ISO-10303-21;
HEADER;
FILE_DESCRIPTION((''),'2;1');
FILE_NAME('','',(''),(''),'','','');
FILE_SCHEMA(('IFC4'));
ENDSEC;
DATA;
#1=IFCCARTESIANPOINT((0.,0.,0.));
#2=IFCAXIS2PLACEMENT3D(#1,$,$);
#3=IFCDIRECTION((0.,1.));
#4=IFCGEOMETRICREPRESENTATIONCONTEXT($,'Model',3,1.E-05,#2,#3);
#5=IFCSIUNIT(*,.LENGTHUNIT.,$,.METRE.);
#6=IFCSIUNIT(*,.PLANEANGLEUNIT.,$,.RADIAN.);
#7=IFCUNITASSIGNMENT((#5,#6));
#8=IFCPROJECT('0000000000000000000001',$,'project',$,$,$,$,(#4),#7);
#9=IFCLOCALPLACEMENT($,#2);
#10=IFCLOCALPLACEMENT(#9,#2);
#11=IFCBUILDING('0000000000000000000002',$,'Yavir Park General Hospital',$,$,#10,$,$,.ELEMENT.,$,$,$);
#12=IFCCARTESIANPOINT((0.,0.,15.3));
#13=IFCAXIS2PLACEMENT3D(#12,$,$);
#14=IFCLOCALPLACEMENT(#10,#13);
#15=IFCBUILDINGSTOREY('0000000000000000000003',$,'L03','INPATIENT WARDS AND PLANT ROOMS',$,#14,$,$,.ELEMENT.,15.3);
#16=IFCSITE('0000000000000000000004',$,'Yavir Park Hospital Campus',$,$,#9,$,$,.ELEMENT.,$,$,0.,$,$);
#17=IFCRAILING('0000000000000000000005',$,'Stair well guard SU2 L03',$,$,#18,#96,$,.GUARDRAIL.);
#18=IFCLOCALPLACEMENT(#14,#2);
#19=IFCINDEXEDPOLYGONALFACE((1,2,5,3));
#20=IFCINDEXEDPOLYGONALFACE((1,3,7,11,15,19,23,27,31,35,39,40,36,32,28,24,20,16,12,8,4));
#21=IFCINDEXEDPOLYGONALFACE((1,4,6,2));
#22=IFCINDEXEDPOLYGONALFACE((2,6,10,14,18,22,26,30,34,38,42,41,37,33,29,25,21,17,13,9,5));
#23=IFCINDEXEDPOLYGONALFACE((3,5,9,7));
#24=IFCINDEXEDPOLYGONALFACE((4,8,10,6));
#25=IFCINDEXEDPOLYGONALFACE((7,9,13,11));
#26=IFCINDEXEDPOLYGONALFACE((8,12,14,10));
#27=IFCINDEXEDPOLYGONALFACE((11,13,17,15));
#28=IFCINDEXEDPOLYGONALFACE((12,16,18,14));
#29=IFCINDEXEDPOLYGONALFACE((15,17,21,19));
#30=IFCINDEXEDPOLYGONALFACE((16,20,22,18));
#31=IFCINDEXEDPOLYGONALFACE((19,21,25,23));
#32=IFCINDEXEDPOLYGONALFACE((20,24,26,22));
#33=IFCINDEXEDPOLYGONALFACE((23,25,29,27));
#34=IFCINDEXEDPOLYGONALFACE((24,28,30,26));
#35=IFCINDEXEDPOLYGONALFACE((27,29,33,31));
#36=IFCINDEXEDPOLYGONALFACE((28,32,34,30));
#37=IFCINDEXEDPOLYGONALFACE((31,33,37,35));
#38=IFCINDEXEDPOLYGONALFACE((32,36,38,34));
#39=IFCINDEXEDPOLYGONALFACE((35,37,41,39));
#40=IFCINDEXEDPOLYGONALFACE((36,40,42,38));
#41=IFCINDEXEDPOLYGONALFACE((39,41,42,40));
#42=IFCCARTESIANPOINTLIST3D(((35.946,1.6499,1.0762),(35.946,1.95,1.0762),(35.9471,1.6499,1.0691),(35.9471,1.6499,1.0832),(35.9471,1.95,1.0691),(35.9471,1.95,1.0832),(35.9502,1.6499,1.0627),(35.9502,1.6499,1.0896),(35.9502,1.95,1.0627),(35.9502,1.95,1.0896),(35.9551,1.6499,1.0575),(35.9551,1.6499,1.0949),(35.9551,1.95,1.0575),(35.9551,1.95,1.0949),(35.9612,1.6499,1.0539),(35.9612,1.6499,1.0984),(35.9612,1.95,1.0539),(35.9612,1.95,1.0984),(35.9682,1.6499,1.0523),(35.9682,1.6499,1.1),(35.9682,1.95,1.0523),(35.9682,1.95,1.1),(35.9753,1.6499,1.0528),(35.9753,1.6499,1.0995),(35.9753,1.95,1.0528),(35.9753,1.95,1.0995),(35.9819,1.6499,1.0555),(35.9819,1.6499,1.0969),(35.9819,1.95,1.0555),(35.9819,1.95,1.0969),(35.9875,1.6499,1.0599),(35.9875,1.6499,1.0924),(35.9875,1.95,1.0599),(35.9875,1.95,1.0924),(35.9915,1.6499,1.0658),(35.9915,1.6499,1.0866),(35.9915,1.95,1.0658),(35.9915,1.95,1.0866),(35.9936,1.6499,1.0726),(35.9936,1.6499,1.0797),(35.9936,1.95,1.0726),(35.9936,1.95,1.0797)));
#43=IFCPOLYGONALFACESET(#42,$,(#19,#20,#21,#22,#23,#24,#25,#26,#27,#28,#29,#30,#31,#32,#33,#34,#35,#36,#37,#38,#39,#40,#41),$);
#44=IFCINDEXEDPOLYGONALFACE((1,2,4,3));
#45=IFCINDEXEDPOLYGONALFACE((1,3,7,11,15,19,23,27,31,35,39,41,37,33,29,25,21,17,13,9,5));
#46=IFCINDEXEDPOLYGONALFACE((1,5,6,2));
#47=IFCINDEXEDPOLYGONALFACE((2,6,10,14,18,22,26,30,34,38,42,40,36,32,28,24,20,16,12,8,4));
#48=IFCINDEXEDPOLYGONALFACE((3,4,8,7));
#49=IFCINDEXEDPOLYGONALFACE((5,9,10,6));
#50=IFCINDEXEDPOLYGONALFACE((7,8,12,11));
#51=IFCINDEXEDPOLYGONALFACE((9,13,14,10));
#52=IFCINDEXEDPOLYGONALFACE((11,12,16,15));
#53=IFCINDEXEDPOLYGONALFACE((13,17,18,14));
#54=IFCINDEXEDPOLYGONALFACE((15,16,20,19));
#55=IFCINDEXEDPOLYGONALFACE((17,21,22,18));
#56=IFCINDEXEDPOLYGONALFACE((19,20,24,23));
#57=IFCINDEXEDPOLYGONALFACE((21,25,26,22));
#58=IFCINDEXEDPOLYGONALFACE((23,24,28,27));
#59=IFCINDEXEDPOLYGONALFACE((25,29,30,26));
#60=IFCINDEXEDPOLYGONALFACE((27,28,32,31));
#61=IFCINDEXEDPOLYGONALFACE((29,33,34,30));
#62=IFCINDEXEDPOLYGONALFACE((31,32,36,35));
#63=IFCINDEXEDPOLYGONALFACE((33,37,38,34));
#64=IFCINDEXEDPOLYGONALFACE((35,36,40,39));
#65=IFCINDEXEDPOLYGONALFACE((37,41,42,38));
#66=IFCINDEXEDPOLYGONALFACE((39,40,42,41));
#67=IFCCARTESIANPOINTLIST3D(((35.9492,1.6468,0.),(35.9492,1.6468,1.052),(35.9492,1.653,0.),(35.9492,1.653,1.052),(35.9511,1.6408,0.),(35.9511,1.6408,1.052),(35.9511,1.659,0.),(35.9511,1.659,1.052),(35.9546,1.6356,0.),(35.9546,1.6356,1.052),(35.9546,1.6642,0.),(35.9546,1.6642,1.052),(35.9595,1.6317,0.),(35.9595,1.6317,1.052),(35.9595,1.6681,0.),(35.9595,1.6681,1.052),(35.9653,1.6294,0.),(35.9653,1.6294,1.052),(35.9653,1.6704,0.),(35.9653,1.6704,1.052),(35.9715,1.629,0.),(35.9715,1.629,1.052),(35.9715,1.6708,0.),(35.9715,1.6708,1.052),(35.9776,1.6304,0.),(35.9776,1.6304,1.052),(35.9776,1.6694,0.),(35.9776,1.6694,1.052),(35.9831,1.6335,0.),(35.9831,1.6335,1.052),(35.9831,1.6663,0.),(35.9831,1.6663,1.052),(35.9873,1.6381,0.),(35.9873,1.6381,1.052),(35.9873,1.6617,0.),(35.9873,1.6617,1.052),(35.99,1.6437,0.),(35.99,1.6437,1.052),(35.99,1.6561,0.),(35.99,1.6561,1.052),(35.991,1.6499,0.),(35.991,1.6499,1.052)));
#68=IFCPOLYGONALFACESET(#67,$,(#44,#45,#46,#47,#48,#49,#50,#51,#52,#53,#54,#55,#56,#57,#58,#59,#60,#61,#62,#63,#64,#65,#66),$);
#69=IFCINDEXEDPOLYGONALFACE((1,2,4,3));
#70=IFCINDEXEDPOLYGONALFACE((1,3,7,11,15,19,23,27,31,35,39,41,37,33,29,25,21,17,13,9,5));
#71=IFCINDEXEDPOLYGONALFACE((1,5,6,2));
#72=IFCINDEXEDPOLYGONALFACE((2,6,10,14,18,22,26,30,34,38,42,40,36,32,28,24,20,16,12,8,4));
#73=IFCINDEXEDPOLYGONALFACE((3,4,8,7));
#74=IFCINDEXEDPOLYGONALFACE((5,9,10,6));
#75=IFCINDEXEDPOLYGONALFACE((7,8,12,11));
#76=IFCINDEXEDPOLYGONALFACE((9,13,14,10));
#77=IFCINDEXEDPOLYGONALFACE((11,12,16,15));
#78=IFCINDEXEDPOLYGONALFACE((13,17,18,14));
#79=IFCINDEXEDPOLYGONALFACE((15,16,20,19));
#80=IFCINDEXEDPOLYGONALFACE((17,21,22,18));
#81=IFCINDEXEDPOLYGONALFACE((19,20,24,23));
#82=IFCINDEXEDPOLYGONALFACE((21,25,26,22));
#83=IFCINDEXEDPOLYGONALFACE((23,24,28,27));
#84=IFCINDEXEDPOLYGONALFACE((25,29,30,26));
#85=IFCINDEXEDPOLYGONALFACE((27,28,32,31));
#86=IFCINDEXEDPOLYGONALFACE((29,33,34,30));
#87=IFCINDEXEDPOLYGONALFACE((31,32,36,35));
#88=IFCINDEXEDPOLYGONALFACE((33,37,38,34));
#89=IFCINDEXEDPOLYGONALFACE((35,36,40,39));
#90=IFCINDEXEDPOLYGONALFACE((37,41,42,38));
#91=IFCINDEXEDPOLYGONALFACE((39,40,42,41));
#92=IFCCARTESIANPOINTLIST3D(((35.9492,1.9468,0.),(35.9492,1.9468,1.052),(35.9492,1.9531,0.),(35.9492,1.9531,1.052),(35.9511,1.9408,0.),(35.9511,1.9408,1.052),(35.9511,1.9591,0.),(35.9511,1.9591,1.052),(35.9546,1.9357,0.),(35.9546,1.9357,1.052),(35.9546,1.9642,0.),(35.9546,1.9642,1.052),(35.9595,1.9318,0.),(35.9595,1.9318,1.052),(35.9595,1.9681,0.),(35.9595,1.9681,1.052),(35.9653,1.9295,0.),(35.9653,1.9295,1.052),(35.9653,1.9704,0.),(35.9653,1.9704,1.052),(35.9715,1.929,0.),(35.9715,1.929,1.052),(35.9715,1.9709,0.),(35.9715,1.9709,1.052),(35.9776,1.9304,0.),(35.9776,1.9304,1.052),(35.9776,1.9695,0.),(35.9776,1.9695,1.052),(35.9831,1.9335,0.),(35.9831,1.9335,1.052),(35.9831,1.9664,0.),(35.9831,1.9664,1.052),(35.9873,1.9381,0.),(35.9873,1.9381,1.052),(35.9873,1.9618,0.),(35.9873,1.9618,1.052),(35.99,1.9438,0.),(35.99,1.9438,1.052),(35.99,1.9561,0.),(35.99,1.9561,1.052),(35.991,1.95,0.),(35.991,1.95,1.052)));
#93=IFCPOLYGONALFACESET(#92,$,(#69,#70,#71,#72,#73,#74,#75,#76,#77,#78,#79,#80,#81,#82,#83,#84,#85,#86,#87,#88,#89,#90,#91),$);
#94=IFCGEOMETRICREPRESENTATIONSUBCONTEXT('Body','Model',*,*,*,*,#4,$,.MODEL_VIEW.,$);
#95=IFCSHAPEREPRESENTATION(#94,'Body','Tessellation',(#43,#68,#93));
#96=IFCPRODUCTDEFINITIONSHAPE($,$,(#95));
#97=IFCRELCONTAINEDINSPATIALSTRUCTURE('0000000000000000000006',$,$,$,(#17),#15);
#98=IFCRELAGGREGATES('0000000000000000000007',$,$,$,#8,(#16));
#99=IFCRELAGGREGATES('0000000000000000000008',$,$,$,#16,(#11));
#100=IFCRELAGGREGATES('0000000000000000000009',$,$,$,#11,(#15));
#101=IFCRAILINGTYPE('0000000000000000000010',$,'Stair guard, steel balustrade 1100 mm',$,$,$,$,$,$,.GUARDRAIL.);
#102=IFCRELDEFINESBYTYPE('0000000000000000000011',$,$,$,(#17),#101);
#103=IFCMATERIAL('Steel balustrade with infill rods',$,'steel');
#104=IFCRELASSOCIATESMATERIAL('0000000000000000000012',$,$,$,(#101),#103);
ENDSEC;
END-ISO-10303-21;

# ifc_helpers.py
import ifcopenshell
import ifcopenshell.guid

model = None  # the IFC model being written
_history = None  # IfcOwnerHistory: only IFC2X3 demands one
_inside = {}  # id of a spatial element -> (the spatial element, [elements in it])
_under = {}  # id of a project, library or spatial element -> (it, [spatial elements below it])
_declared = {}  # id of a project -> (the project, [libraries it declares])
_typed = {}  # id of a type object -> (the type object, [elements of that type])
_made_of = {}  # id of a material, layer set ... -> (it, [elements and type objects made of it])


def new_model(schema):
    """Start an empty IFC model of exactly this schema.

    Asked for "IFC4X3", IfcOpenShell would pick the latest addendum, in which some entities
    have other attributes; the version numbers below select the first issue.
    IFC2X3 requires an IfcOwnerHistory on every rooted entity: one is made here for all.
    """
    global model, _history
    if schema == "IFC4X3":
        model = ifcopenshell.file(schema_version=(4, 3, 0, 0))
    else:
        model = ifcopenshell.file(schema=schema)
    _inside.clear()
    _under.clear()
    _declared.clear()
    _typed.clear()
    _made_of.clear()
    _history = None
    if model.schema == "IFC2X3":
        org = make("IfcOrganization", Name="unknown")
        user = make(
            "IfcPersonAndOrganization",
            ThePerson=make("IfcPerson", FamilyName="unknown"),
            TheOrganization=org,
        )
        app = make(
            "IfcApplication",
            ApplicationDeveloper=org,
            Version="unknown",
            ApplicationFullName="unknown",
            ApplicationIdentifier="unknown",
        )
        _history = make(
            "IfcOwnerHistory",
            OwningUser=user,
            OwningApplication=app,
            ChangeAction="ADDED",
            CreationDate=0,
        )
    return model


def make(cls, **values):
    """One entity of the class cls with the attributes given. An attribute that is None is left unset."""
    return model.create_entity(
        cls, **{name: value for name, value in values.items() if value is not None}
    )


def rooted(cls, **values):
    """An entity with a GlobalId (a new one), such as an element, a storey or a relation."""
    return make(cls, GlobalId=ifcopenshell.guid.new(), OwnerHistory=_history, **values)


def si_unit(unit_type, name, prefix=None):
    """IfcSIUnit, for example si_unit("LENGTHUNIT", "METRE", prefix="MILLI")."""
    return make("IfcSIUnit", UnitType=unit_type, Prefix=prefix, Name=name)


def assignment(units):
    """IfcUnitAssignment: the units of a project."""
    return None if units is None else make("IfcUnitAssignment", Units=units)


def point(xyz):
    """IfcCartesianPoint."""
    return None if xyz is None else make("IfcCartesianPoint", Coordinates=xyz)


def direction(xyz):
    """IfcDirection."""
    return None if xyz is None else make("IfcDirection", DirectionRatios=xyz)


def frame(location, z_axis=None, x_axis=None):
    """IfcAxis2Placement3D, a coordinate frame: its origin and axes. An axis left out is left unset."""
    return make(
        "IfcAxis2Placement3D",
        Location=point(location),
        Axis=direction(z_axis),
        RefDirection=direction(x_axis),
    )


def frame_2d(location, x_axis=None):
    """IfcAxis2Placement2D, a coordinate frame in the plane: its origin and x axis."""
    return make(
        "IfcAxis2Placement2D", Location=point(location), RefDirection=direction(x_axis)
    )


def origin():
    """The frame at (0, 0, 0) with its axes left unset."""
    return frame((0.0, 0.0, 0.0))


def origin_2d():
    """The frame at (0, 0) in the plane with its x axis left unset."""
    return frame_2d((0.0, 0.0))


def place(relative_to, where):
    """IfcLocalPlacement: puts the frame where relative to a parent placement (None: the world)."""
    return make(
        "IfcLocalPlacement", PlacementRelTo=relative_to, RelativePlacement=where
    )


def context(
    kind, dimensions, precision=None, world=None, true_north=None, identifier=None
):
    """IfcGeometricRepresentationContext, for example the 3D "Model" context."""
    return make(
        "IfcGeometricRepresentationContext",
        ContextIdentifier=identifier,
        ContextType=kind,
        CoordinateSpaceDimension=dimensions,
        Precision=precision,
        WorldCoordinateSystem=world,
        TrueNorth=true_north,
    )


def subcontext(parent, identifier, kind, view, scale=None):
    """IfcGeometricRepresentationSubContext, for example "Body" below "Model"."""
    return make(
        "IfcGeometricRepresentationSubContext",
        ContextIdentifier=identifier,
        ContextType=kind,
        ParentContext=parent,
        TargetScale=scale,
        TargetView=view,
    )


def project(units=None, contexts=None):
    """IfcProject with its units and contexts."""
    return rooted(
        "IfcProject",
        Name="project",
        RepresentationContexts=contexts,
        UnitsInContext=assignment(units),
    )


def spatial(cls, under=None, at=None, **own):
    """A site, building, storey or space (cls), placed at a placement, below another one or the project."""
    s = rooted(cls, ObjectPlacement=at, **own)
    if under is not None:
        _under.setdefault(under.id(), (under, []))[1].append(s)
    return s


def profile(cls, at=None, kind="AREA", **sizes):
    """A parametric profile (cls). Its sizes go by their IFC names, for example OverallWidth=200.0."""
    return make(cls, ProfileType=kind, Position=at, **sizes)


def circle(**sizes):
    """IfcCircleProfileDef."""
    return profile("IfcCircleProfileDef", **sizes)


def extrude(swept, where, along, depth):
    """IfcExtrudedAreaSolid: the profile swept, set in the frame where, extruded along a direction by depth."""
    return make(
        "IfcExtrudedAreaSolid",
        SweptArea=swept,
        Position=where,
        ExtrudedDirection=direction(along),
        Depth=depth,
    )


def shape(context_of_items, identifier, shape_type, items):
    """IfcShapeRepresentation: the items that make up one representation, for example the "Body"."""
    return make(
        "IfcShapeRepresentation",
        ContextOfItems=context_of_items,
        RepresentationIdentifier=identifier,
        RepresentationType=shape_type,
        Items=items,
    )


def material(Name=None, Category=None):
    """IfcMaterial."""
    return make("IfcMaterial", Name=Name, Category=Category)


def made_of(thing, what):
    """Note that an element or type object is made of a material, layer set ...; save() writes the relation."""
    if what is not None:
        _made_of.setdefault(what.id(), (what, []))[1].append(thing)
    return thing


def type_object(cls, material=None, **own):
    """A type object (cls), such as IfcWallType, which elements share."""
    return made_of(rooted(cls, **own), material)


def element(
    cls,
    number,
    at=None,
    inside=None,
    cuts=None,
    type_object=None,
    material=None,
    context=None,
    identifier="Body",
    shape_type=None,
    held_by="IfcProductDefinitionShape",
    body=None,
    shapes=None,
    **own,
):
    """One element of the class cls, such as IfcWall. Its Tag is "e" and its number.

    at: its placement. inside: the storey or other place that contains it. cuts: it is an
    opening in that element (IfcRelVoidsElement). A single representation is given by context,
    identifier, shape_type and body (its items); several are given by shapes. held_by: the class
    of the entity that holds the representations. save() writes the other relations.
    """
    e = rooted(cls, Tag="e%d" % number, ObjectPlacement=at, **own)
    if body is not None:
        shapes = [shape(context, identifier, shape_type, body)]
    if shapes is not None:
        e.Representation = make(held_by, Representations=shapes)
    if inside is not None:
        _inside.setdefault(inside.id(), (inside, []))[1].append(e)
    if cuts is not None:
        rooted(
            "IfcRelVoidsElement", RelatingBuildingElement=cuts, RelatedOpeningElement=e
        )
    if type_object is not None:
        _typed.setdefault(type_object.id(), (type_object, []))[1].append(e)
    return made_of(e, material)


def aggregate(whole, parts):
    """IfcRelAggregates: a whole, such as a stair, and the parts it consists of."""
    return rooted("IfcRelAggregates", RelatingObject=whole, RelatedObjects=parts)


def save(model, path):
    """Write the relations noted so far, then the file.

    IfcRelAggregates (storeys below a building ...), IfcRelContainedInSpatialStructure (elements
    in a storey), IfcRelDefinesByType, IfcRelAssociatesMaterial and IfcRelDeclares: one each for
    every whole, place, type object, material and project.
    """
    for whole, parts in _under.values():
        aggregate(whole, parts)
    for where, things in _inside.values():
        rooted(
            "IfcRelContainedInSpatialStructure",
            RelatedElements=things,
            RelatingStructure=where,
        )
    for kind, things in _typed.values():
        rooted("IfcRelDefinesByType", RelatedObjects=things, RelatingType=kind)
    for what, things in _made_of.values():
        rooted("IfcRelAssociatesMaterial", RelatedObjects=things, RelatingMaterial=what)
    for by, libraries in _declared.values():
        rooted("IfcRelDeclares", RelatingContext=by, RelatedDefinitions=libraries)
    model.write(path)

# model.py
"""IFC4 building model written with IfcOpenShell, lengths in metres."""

from ifc_helpers import new_model, si_unit, direction, frame, origin, origin_2d, place, context, subcontext, project, spatial, circle, extrude, material, type_object, element, save


model = new_model("IFC4")

# Units and contexts
model_context = context("Model", 3, precision=1e-05, world=origin(), true_north=direction((0.0, 1.0)))
body_context = subcontext(model_context, "Body", "Model", "MODEL_VIEW")
ifc_project = project(units=[si_unit("LENGTHUNIT", "METRE"), si_unit("PLANEANGLEUNIT", "RADIAN")], contexts=[model_context])

# Site, building, storey
site_placement = place(None, origin())
site = spatial("IfcSite", under=ifc_project, at=site_placement, Name="Yavir Park Hospital Campus", CompositionType="ELEMENT", RefElevation=0.0)
building_placement = place(site_placement, origin())
building = spatial("IfcBuilding", under=site, at=building_placement, Name="Yavir Park General Hospital", CompositionType="ELEMENT")
storey_placement = place(building_placement, frame((0.0, 0.0, 15.3)))
storey = spatial("IfcBuildingStorey", under=building, at=storey_placement, Name="L03", Description="INPATIENT WARDS AND PLANT ROOMS", CompositionType="ELEMENT", Elevation=15.3)

# Railing
ifc_material_1 = material(Name="Steel balustrade with infill rods", Category="steel")
railing_type_1 = type_object("IfcRailingType", Name="Stair guard, steel balustrade 1100 mm", PredefinedType="GUARDRAIL", material=ifc_material_1)
railing_placement = place(storey_placement, frame((35.97, 1.6499, 0.0)))
element("IfcRailing", 1, at=railing_placement, inside=storey, type_object=railing_type_1, Name="Stair well guard SU2 L03", PredefinedType="GUARDRAIL", context=body_context, shape_type="SweptSolid", body=[
    extrude(circle(Radius=0.0239, at=origin_2d()), frame((0.0, 0.0, 1.0762), z_axis=(0.0, 1.0, 0.0), x_axis=(-1.0, 0.0, 0.0)), (0.0, 0.0, 1.0), 0.3),
    extrude(circle(Radius=0.021, at=origin_2d()), origin(), (0.0, 0.0, 1.0), 1.052),
    extrude(circle(Radius=0.021, at=origin_2d()), frame((0.0, 0.3, 0.0)), (0.0, 0.0, 1.0), 1.052),
])

save(model, "model.ifc")
